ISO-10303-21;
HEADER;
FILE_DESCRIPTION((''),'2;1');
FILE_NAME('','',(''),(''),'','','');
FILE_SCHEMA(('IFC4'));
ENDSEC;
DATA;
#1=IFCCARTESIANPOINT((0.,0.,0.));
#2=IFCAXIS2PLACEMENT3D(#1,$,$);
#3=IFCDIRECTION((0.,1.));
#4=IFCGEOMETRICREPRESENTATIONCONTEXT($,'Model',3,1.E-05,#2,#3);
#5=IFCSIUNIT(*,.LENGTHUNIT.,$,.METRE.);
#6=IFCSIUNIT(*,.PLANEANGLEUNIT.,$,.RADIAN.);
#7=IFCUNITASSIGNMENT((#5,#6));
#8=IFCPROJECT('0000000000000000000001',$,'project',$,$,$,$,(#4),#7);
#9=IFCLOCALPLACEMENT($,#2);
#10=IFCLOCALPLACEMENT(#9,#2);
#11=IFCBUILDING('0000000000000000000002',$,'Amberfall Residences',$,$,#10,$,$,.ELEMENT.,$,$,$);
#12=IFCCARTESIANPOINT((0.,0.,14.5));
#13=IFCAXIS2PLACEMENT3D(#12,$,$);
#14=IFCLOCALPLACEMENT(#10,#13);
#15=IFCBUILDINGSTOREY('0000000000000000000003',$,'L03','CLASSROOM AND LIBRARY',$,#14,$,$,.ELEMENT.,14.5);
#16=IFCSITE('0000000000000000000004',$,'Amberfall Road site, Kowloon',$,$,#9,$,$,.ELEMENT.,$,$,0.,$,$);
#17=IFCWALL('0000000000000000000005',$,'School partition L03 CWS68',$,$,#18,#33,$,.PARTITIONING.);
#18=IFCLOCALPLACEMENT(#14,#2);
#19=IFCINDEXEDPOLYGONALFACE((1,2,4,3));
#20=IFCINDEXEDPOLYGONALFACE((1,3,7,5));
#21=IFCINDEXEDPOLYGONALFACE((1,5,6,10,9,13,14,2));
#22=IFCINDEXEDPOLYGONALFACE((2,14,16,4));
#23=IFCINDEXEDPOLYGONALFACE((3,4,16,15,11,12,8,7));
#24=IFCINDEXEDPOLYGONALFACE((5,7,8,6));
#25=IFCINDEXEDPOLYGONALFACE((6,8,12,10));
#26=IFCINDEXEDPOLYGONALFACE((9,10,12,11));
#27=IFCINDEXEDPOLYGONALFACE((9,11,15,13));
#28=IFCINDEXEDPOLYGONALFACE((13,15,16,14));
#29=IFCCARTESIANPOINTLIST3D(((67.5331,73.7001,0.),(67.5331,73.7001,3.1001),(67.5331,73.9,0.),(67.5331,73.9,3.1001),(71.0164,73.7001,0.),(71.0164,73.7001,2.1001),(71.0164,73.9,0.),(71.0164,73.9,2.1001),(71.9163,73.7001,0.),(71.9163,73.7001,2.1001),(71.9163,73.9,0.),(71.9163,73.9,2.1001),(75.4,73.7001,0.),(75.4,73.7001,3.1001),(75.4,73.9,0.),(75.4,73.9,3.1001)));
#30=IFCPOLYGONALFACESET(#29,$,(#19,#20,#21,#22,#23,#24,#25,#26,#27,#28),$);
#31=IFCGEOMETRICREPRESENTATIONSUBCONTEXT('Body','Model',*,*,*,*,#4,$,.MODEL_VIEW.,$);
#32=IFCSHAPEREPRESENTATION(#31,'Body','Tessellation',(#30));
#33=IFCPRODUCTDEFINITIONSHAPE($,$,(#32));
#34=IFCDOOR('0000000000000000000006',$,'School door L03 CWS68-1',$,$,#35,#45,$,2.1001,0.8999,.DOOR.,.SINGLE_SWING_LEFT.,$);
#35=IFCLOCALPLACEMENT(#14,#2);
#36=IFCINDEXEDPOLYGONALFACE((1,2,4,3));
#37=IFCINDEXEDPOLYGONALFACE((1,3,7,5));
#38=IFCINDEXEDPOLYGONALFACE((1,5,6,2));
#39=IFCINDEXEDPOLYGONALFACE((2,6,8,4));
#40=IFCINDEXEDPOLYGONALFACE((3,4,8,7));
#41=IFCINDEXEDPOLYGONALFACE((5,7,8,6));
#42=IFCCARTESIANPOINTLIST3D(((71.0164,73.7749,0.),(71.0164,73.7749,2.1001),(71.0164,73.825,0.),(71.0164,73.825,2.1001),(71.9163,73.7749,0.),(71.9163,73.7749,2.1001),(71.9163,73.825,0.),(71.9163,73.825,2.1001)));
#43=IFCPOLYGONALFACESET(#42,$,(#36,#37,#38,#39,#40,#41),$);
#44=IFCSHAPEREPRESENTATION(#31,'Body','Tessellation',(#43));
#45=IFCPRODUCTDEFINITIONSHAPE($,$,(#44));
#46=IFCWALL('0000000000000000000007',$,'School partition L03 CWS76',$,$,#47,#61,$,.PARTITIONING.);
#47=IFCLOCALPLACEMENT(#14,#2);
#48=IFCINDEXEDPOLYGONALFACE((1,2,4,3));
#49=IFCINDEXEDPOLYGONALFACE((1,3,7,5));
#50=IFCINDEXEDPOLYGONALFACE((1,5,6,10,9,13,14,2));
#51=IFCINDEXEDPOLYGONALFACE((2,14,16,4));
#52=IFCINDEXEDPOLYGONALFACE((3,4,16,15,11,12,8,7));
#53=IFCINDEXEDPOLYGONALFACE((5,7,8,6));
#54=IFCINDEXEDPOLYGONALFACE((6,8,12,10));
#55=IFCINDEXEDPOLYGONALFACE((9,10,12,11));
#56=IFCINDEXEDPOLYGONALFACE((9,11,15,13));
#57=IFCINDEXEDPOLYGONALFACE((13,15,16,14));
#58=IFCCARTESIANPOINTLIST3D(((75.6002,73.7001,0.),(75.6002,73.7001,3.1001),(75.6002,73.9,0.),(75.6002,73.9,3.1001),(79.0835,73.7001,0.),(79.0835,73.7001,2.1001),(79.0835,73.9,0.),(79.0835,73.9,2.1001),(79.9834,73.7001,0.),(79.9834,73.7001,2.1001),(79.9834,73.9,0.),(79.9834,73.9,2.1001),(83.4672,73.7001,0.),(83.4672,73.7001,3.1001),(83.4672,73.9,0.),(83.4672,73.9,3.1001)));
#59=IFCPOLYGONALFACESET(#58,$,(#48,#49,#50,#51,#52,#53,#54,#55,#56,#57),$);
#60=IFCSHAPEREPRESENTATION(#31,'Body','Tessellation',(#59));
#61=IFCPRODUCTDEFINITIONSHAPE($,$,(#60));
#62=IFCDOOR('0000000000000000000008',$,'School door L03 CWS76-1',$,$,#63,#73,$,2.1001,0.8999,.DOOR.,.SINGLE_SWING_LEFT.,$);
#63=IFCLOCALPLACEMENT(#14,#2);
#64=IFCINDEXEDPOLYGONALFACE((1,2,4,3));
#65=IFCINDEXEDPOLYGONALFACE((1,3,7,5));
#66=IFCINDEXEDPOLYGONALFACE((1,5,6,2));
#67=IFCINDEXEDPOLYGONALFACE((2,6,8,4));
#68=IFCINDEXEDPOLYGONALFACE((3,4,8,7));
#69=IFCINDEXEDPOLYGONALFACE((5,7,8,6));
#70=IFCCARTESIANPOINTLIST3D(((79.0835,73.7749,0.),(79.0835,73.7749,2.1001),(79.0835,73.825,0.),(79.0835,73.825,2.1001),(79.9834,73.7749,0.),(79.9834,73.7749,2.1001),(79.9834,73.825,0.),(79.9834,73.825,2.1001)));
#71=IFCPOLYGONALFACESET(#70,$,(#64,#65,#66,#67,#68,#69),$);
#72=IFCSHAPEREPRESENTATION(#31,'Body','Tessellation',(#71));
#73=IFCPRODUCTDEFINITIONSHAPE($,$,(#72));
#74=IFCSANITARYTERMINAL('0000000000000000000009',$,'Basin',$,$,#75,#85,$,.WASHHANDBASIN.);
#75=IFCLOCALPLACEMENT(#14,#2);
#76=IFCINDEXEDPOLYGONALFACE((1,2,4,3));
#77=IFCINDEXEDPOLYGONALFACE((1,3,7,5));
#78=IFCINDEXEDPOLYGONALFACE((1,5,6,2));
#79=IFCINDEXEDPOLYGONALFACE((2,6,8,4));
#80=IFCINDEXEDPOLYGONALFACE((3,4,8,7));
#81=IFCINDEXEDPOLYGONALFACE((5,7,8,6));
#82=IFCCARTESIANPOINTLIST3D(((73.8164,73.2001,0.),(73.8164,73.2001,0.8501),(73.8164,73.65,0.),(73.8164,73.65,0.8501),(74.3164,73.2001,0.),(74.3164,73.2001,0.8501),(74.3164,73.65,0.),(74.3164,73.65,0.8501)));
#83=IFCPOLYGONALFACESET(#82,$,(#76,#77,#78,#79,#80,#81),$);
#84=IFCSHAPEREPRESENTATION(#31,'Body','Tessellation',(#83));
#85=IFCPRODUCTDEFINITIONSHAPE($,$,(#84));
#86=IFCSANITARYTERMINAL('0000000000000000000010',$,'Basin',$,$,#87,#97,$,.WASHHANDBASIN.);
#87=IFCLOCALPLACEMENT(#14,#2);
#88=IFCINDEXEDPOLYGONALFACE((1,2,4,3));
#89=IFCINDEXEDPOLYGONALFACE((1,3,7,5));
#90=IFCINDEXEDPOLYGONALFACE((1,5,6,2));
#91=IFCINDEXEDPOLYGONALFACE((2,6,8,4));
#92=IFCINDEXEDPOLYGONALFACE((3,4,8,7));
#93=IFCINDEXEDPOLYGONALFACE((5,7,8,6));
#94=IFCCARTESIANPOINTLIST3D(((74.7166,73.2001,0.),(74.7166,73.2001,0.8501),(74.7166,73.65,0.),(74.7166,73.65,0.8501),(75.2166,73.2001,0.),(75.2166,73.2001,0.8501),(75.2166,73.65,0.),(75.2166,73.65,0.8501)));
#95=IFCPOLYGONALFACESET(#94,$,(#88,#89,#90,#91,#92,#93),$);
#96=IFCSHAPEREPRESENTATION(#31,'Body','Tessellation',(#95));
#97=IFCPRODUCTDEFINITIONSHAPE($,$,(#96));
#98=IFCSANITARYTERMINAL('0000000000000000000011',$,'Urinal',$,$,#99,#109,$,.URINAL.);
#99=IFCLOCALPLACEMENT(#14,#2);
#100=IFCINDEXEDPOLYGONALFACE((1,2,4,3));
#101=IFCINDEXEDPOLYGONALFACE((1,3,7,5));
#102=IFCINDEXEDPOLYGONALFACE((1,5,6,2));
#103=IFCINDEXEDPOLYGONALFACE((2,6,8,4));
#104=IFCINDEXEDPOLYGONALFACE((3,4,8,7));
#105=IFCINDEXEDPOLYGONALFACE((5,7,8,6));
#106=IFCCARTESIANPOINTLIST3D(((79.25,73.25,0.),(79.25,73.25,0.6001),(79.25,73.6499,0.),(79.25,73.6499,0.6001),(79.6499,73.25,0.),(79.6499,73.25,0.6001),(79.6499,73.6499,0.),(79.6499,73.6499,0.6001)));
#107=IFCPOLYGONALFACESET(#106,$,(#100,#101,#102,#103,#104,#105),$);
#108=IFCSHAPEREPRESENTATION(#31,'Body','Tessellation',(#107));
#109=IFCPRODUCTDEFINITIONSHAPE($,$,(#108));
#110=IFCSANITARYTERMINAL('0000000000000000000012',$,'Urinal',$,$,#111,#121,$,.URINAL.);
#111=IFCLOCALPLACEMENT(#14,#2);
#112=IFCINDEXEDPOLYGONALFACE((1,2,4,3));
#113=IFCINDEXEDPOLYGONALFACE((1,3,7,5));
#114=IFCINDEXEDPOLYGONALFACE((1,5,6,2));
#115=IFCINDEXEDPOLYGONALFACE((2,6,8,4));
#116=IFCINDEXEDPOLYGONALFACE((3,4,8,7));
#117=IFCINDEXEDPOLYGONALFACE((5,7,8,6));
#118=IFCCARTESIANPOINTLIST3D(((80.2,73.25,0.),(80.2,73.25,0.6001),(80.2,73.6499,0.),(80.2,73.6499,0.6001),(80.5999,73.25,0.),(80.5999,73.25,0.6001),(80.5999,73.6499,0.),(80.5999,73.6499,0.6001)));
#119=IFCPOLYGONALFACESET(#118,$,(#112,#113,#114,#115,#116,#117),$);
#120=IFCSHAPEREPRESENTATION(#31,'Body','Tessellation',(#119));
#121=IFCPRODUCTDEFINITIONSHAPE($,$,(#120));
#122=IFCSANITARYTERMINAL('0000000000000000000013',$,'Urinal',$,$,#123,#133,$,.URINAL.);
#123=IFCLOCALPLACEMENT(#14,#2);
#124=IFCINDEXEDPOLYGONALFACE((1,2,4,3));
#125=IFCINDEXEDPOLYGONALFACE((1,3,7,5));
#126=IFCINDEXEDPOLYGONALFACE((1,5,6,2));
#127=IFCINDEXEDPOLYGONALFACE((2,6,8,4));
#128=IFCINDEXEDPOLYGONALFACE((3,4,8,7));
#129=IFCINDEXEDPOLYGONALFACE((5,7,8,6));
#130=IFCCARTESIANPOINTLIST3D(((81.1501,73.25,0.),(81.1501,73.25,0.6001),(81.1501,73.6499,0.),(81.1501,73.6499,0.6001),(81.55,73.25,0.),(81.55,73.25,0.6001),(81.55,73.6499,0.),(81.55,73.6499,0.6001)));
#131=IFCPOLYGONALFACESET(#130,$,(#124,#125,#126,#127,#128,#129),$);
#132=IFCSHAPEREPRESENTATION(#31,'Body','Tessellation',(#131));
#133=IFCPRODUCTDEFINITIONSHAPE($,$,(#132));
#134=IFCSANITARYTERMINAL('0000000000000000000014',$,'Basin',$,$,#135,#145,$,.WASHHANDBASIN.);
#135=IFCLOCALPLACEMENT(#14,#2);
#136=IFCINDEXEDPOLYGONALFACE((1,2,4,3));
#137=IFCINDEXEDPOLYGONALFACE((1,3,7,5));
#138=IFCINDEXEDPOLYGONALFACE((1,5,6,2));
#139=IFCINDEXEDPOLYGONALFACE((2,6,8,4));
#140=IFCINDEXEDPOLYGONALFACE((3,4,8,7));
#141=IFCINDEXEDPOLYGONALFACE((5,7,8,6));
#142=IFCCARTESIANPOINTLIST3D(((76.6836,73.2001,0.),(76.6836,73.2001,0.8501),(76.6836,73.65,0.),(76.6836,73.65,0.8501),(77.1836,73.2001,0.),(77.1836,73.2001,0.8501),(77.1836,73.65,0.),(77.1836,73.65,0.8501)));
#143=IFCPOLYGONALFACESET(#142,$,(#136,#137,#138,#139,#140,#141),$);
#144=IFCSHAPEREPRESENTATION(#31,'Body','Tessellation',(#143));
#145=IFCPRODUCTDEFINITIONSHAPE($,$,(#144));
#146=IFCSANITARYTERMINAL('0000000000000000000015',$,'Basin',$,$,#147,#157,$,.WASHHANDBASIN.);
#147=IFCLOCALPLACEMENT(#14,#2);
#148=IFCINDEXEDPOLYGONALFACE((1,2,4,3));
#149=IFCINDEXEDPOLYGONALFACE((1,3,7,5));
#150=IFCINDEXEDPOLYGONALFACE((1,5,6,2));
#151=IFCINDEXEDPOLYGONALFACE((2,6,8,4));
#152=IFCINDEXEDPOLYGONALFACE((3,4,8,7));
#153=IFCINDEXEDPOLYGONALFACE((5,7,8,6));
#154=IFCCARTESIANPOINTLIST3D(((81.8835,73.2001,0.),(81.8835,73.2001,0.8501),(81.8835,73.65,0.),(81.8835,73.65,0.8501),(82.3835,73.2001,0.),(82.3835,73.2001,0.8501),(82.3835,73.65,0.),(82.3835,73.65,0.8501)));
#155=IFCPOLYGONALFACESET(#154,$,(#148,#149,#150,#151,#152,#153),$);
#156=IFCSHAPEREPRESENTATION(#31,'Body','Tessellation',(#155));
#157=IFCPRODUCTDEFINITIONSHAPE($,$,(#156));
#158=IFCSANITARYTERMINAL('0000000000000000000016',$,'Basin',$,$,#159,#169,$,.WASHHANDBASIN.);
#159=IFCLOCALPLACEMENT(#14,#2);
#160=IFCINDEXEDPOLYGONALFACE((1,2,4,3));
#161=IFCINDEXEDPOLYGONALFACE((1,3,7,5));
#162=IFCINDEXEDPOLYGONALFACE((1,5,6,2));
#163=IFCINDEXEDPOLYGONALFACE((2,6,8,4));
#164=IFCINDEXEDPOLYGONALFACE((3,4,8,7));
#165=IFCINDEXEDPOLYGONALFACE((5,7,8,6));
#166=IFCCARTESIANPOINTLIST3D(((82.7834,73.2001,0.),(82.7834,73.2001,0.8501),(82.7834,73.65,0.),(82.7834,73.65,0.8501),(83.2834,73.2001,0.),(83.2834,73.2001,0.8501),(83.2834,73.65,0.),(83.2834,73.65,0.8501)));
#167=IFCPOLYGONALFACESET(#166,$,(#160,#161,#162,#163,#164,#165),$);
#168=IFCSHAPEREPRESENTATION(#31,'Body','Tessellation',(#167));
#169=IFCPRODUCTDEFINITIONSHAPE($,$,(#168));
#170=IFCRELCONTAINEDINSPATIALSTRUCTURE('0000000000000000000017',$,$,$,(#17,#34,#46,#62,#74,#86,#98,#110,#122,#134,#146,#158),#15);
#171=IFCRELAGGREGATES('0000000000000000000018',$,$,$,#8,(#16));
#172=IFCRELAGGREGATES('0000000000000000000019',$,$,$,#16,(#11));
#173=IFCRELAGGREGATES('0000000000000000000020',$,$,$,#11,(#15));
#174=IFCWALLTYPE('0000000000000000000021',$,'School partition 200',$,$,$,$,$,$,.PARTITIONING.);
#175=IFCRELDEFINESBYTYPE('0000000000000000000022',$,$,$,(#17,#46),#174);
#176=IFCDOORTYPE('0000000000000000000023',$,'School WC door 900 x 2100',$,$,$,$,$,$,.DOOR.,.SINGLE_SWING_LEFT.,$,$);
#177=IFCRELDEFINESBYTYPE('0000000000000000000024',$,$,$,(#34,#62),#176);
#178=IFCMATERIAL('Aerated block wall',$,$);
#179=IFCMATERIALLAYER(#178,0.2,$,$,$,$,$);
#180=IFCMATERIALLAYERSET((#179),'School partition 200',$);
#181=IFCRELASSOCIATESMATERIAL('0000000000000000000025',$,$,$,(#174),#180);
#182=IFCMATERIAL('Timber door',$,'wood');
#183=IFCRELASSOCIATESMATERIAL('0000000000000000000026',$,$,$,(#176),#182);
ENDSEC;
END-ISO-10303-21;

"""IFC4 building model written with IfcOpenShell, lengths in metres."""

from ifc_helpers import new_model, si_unit, direction, frame, frame_2d, origin, origin_2d, place, context, subcontext, project, spatial, rectangle, extrude, material, layer, layer_set, type_object, element, fill, save


model = new_model("IFC4")

# Units and contexts
model_context = context("Model", 3, precision=1e-05, world=origin(), true_north=direction((0.0, 1.0)))
body_context = subcontext(model_context, "Body", "Model", "MODEL_VIEW")
ifc_project = project(units=[si_unit("LENGTHUNIT", "METRE"), si_unit("PLANEANGLEUNIT", "RADIAN")], contexts=[model_context])

# Site, building, storey
site_placement = place(None, origin())
site = spatial("IfcSite", under=ifc_project, at=site_placement, Name="Amberfall Road site, Kowloon", CompositionType="ELEMENT", RefElevation=0.0)
building_placement = place(site_placement, origin())
building = spatial("IfcBuilding", under=site, at=building_placement, Name="Amberfall Residences", CompositionType="ELEMENT")
storey_placement = place(building_placement, frame((0.0, 0.0, 14.5)))
storey = spatial("IfcBuildingStorey", under=building, at=storey_placement, Name="L03", Description="CLASSROOM AND LIBRARY", CompositionType="ELEMENT", Elevation=14.5)

# Shared definitions
ifc_material_1 = material(Name="Aerated block wall")

# Shared definitions
ifc_layer_1 = layer(ifc_material_1, 0.2)
ifc_layer_set_1 = layer_set([ifc_layer_1], Name="School partition 200")
wall_type_1 = type_object("IfcWallType", Name="School partition 200", PredefinedType="PARTITIONING", material=ifc_layer_set_1)
ifc_material_2 = material(Name="Timber door", Category="wood")

# Walls, openings, doors
wall_1_placement = place(storey_placement, frame((67.533, 73.8, 0.0), z_axis=(0.0, 0.0, 1.0), x_axis=(1.0, 0.0, 0.0)))
wall_1 = element("IfcWall", 1, at=wall_1_placement, inside=storey, type_object=wall_type_1, Name="School partition L03 CWS68", PredefinedType="PARTITIONING", context=body_context, shape_type="SweptSolid", body=[
    extrude(rectangle(XDim=7.8669, YDim=0.2, at=frame_2d((3.9336, 0.0))), origin(), (0.0, 0.0, 1.0), 3.1001),
])
opening_1_placement = place(wall_1_placement, frame((3.4834, 0.0, 0.0)))
opening_1 = element("IfcOpeningElement", 2, at=opening_1_placement, cuts=wall_1, PredefinedType="OPENING", context=body_context, shape_type="SweptSolid", body=[
    extrude(rectangle(XDim=0.8999, YDim=2.1001, at=frame_2d((0.45, 1.05))), frame((0.0, 0.1099, 0.0), z_axis=(0.0, -1.0, 0.0), x_axis=(1.0, 0.0, 0.0)), (0.0, 0.0, 1.0), 0.22),
])
door_type_1 = type_object("IfcDoorType", Name="School WC door 900 x 2100", OperationType="SINGLE_SWING_LEFT", PredefinedType="DOOR", material=ifc_material_2)
door_1_placement = place(opening_1_placement, origin())
door_1 = element("IfcDoor", 3, at=door_1_placement, inside=storey, type_object=door_type_1, Name="School door L03 CWS68-1", OperationType="SINGLE_SWING_LEFT", OverallHeight=2.1001, OverallWidth=0.8999, PredefinedType="DOOR", context=body_context, shape_type="SweptSolid", body=[
    extrude(rectangle(XDim=0.8999, YDim=2.1001, at=frame_2d((0.45, 1.05))), frame((0.0, 0.0249, 0.0), z_axis=(0.0, -1.0, 0.0), x_axis=(1.0, 0.0, 0.0)), (0.0, 0.0, 1.0), 0.05),
])
fill(opening_1, door_1)
wall_2_placement = place(storey_placement, frame((75.6001, 73.8, 0.0), z_axis=(0.0, 0.0, 1.0), x_axis=(1.0, 0.0, 0.0)))
wall_2 = element("IfcWall", 4, at=wall_2_placement, inside=storey, type_object=wall_type_1, Name="School partition L03 CWS76", PredefinedType="PARTITIONING", context=body_context, shape_type="SweptSolid", body=[
    extrude(rectangle(XDim=7.8669, YDim=0.2, at=frame_2d((3.9336, 0.0))), origin(), (0.0, 0.0, 1.0), 3.1001),
])
opening_2_placement = place(wall_2_placement, frame((3.4834, 0.0, 0.0)))
opening_2 = element("IfcOpeningElement", 5, at=opening_2_placement, cuts=wall_2, PredefinedType="OPENING", context=body_context, shape_type="SweptSolid", body=[
    extrude(rectangle(XDim=0.8999, YDim=2.1001, at=frame_2d((0.45, 1.05))), frame((0.0, 0.1099, 0.0), z_axis=(0.0, -1.0, 0.0), x_axis=(1.0, 0.0, 0.0)), (0.0, 0.0, 1.0), 0.22),
])
door_2_placement = place(opening_2_placement, origin())
door_2 = element("IfcDoor", 6, at=door_2_placement, inside=storey, type_object=door_type_1, Name="School door L03 CWS76-1", OperationType="SINGLE_SWING_LEFT", OverallHeight=2.1001, OverallWidth=0.8999, PredefinedType="DOOR", context=body_context, shape_type="SweptSolid", body=[
    extrude(rectangle(XDim=0.8999, YDim=2.1001, at=frame_2d((0.45, 1.05))), frame((0.0, 0.0249, 0.0), z_axis=(0.0, -1.0, 0.0), x_axis=(1.0, 0.0, 0.0)), (0.0, 0.0, 1.0), 0.05),
])
fill(opening_2, door_2)

# Sanitary terminals
for number, where, z_axis, x_axis, name in (
    (7, (74.0664, 73.425, 0.0), (0.0, 0.0, 1.0), (1.0, 0.0, 0.0), "Basin"),
    (8, (74.9666, 73.425, 0.0), (0.0, 0.0, 1.0), (1.0, 0.0, 0.0), "Basin"),
):
    element("IfcSanitaryTerminal", number, at=place(storey_placement, frame(where, z_axis=z_axis, x_axis=x_axis)), inside=storey, Name=name, PredefinedType="WASHHANDBASIN", context=body_context, shape_type="SweptSolid", body=[
        extrude(rectangle(XDim=0.5, YDim=0.45, at=origin_2d()), origin(), (0.0, 0.0, 1.0), 0.8501),
    ])
for number, where, z_axis, x_axis, name in (
    (9, (79.45, 73.45, 0.0), (0.0, 0.0, 1.0), (1.0, 0.0, 0.0), "Urinal"),
    (10, (80.3999, 73.45, 0.0), (0.0, 0.0, 1.0), (1.0, 0.0, 0.0), "Urinal"),
    (11, (81.3501, 73.45, 0.0), (0.0, 0.0, 1.0), (1.0, 0.0, 0.0), "Urinal"),
):
    element("IfcSanitaryTerminal", number, at=place(storey_placement, frame(where, z_axis=z_axis, x_axis=x_axis)), inside=storey, Name=name, PredefinedType="URINAL", context=body_context, shape_type="SweptSolid", body=[
        extrude(rectangle(XDim=0.3999, YDim=0.3999, at=origin_2d()), origin(), (0.0, 0.0, 1.0), 0.6001),
    ])
for number, where, z_axis, x_axis, name in (
    (12, (76.9336, 73.425, 0.0), (0.0, 0.0, 1.0), (1.0, 0.0, 0.0), "Basin"),
    (13, (82.1335, 73.425, 0.0), (0.0, 0.0, 1.0), (1.0, 0.0, 0.0), "Basin"),
    (14, (83.0334, 73.425, 0.0), (0.0, 0.0, 1.0), (1.0, 0.0, 0.0), "Basin"),
):
    element("IfcSanitaryTerminal", number, at=place(storey_placement, frame(where, z_axis=z_axis, x_axis=x_axis)), inside=storey, Name=name, PredefinedType="WASHHANDBASIN", context=body_context, shape_type="SweptSolid", body=[
        extrude(rectangle(XDim=0.5, YDim=0.45, at=origin_2d()), origin(), (0.0, 0.0, 1.0), 0.8501),
    ])

save(model, "model.ifc")
